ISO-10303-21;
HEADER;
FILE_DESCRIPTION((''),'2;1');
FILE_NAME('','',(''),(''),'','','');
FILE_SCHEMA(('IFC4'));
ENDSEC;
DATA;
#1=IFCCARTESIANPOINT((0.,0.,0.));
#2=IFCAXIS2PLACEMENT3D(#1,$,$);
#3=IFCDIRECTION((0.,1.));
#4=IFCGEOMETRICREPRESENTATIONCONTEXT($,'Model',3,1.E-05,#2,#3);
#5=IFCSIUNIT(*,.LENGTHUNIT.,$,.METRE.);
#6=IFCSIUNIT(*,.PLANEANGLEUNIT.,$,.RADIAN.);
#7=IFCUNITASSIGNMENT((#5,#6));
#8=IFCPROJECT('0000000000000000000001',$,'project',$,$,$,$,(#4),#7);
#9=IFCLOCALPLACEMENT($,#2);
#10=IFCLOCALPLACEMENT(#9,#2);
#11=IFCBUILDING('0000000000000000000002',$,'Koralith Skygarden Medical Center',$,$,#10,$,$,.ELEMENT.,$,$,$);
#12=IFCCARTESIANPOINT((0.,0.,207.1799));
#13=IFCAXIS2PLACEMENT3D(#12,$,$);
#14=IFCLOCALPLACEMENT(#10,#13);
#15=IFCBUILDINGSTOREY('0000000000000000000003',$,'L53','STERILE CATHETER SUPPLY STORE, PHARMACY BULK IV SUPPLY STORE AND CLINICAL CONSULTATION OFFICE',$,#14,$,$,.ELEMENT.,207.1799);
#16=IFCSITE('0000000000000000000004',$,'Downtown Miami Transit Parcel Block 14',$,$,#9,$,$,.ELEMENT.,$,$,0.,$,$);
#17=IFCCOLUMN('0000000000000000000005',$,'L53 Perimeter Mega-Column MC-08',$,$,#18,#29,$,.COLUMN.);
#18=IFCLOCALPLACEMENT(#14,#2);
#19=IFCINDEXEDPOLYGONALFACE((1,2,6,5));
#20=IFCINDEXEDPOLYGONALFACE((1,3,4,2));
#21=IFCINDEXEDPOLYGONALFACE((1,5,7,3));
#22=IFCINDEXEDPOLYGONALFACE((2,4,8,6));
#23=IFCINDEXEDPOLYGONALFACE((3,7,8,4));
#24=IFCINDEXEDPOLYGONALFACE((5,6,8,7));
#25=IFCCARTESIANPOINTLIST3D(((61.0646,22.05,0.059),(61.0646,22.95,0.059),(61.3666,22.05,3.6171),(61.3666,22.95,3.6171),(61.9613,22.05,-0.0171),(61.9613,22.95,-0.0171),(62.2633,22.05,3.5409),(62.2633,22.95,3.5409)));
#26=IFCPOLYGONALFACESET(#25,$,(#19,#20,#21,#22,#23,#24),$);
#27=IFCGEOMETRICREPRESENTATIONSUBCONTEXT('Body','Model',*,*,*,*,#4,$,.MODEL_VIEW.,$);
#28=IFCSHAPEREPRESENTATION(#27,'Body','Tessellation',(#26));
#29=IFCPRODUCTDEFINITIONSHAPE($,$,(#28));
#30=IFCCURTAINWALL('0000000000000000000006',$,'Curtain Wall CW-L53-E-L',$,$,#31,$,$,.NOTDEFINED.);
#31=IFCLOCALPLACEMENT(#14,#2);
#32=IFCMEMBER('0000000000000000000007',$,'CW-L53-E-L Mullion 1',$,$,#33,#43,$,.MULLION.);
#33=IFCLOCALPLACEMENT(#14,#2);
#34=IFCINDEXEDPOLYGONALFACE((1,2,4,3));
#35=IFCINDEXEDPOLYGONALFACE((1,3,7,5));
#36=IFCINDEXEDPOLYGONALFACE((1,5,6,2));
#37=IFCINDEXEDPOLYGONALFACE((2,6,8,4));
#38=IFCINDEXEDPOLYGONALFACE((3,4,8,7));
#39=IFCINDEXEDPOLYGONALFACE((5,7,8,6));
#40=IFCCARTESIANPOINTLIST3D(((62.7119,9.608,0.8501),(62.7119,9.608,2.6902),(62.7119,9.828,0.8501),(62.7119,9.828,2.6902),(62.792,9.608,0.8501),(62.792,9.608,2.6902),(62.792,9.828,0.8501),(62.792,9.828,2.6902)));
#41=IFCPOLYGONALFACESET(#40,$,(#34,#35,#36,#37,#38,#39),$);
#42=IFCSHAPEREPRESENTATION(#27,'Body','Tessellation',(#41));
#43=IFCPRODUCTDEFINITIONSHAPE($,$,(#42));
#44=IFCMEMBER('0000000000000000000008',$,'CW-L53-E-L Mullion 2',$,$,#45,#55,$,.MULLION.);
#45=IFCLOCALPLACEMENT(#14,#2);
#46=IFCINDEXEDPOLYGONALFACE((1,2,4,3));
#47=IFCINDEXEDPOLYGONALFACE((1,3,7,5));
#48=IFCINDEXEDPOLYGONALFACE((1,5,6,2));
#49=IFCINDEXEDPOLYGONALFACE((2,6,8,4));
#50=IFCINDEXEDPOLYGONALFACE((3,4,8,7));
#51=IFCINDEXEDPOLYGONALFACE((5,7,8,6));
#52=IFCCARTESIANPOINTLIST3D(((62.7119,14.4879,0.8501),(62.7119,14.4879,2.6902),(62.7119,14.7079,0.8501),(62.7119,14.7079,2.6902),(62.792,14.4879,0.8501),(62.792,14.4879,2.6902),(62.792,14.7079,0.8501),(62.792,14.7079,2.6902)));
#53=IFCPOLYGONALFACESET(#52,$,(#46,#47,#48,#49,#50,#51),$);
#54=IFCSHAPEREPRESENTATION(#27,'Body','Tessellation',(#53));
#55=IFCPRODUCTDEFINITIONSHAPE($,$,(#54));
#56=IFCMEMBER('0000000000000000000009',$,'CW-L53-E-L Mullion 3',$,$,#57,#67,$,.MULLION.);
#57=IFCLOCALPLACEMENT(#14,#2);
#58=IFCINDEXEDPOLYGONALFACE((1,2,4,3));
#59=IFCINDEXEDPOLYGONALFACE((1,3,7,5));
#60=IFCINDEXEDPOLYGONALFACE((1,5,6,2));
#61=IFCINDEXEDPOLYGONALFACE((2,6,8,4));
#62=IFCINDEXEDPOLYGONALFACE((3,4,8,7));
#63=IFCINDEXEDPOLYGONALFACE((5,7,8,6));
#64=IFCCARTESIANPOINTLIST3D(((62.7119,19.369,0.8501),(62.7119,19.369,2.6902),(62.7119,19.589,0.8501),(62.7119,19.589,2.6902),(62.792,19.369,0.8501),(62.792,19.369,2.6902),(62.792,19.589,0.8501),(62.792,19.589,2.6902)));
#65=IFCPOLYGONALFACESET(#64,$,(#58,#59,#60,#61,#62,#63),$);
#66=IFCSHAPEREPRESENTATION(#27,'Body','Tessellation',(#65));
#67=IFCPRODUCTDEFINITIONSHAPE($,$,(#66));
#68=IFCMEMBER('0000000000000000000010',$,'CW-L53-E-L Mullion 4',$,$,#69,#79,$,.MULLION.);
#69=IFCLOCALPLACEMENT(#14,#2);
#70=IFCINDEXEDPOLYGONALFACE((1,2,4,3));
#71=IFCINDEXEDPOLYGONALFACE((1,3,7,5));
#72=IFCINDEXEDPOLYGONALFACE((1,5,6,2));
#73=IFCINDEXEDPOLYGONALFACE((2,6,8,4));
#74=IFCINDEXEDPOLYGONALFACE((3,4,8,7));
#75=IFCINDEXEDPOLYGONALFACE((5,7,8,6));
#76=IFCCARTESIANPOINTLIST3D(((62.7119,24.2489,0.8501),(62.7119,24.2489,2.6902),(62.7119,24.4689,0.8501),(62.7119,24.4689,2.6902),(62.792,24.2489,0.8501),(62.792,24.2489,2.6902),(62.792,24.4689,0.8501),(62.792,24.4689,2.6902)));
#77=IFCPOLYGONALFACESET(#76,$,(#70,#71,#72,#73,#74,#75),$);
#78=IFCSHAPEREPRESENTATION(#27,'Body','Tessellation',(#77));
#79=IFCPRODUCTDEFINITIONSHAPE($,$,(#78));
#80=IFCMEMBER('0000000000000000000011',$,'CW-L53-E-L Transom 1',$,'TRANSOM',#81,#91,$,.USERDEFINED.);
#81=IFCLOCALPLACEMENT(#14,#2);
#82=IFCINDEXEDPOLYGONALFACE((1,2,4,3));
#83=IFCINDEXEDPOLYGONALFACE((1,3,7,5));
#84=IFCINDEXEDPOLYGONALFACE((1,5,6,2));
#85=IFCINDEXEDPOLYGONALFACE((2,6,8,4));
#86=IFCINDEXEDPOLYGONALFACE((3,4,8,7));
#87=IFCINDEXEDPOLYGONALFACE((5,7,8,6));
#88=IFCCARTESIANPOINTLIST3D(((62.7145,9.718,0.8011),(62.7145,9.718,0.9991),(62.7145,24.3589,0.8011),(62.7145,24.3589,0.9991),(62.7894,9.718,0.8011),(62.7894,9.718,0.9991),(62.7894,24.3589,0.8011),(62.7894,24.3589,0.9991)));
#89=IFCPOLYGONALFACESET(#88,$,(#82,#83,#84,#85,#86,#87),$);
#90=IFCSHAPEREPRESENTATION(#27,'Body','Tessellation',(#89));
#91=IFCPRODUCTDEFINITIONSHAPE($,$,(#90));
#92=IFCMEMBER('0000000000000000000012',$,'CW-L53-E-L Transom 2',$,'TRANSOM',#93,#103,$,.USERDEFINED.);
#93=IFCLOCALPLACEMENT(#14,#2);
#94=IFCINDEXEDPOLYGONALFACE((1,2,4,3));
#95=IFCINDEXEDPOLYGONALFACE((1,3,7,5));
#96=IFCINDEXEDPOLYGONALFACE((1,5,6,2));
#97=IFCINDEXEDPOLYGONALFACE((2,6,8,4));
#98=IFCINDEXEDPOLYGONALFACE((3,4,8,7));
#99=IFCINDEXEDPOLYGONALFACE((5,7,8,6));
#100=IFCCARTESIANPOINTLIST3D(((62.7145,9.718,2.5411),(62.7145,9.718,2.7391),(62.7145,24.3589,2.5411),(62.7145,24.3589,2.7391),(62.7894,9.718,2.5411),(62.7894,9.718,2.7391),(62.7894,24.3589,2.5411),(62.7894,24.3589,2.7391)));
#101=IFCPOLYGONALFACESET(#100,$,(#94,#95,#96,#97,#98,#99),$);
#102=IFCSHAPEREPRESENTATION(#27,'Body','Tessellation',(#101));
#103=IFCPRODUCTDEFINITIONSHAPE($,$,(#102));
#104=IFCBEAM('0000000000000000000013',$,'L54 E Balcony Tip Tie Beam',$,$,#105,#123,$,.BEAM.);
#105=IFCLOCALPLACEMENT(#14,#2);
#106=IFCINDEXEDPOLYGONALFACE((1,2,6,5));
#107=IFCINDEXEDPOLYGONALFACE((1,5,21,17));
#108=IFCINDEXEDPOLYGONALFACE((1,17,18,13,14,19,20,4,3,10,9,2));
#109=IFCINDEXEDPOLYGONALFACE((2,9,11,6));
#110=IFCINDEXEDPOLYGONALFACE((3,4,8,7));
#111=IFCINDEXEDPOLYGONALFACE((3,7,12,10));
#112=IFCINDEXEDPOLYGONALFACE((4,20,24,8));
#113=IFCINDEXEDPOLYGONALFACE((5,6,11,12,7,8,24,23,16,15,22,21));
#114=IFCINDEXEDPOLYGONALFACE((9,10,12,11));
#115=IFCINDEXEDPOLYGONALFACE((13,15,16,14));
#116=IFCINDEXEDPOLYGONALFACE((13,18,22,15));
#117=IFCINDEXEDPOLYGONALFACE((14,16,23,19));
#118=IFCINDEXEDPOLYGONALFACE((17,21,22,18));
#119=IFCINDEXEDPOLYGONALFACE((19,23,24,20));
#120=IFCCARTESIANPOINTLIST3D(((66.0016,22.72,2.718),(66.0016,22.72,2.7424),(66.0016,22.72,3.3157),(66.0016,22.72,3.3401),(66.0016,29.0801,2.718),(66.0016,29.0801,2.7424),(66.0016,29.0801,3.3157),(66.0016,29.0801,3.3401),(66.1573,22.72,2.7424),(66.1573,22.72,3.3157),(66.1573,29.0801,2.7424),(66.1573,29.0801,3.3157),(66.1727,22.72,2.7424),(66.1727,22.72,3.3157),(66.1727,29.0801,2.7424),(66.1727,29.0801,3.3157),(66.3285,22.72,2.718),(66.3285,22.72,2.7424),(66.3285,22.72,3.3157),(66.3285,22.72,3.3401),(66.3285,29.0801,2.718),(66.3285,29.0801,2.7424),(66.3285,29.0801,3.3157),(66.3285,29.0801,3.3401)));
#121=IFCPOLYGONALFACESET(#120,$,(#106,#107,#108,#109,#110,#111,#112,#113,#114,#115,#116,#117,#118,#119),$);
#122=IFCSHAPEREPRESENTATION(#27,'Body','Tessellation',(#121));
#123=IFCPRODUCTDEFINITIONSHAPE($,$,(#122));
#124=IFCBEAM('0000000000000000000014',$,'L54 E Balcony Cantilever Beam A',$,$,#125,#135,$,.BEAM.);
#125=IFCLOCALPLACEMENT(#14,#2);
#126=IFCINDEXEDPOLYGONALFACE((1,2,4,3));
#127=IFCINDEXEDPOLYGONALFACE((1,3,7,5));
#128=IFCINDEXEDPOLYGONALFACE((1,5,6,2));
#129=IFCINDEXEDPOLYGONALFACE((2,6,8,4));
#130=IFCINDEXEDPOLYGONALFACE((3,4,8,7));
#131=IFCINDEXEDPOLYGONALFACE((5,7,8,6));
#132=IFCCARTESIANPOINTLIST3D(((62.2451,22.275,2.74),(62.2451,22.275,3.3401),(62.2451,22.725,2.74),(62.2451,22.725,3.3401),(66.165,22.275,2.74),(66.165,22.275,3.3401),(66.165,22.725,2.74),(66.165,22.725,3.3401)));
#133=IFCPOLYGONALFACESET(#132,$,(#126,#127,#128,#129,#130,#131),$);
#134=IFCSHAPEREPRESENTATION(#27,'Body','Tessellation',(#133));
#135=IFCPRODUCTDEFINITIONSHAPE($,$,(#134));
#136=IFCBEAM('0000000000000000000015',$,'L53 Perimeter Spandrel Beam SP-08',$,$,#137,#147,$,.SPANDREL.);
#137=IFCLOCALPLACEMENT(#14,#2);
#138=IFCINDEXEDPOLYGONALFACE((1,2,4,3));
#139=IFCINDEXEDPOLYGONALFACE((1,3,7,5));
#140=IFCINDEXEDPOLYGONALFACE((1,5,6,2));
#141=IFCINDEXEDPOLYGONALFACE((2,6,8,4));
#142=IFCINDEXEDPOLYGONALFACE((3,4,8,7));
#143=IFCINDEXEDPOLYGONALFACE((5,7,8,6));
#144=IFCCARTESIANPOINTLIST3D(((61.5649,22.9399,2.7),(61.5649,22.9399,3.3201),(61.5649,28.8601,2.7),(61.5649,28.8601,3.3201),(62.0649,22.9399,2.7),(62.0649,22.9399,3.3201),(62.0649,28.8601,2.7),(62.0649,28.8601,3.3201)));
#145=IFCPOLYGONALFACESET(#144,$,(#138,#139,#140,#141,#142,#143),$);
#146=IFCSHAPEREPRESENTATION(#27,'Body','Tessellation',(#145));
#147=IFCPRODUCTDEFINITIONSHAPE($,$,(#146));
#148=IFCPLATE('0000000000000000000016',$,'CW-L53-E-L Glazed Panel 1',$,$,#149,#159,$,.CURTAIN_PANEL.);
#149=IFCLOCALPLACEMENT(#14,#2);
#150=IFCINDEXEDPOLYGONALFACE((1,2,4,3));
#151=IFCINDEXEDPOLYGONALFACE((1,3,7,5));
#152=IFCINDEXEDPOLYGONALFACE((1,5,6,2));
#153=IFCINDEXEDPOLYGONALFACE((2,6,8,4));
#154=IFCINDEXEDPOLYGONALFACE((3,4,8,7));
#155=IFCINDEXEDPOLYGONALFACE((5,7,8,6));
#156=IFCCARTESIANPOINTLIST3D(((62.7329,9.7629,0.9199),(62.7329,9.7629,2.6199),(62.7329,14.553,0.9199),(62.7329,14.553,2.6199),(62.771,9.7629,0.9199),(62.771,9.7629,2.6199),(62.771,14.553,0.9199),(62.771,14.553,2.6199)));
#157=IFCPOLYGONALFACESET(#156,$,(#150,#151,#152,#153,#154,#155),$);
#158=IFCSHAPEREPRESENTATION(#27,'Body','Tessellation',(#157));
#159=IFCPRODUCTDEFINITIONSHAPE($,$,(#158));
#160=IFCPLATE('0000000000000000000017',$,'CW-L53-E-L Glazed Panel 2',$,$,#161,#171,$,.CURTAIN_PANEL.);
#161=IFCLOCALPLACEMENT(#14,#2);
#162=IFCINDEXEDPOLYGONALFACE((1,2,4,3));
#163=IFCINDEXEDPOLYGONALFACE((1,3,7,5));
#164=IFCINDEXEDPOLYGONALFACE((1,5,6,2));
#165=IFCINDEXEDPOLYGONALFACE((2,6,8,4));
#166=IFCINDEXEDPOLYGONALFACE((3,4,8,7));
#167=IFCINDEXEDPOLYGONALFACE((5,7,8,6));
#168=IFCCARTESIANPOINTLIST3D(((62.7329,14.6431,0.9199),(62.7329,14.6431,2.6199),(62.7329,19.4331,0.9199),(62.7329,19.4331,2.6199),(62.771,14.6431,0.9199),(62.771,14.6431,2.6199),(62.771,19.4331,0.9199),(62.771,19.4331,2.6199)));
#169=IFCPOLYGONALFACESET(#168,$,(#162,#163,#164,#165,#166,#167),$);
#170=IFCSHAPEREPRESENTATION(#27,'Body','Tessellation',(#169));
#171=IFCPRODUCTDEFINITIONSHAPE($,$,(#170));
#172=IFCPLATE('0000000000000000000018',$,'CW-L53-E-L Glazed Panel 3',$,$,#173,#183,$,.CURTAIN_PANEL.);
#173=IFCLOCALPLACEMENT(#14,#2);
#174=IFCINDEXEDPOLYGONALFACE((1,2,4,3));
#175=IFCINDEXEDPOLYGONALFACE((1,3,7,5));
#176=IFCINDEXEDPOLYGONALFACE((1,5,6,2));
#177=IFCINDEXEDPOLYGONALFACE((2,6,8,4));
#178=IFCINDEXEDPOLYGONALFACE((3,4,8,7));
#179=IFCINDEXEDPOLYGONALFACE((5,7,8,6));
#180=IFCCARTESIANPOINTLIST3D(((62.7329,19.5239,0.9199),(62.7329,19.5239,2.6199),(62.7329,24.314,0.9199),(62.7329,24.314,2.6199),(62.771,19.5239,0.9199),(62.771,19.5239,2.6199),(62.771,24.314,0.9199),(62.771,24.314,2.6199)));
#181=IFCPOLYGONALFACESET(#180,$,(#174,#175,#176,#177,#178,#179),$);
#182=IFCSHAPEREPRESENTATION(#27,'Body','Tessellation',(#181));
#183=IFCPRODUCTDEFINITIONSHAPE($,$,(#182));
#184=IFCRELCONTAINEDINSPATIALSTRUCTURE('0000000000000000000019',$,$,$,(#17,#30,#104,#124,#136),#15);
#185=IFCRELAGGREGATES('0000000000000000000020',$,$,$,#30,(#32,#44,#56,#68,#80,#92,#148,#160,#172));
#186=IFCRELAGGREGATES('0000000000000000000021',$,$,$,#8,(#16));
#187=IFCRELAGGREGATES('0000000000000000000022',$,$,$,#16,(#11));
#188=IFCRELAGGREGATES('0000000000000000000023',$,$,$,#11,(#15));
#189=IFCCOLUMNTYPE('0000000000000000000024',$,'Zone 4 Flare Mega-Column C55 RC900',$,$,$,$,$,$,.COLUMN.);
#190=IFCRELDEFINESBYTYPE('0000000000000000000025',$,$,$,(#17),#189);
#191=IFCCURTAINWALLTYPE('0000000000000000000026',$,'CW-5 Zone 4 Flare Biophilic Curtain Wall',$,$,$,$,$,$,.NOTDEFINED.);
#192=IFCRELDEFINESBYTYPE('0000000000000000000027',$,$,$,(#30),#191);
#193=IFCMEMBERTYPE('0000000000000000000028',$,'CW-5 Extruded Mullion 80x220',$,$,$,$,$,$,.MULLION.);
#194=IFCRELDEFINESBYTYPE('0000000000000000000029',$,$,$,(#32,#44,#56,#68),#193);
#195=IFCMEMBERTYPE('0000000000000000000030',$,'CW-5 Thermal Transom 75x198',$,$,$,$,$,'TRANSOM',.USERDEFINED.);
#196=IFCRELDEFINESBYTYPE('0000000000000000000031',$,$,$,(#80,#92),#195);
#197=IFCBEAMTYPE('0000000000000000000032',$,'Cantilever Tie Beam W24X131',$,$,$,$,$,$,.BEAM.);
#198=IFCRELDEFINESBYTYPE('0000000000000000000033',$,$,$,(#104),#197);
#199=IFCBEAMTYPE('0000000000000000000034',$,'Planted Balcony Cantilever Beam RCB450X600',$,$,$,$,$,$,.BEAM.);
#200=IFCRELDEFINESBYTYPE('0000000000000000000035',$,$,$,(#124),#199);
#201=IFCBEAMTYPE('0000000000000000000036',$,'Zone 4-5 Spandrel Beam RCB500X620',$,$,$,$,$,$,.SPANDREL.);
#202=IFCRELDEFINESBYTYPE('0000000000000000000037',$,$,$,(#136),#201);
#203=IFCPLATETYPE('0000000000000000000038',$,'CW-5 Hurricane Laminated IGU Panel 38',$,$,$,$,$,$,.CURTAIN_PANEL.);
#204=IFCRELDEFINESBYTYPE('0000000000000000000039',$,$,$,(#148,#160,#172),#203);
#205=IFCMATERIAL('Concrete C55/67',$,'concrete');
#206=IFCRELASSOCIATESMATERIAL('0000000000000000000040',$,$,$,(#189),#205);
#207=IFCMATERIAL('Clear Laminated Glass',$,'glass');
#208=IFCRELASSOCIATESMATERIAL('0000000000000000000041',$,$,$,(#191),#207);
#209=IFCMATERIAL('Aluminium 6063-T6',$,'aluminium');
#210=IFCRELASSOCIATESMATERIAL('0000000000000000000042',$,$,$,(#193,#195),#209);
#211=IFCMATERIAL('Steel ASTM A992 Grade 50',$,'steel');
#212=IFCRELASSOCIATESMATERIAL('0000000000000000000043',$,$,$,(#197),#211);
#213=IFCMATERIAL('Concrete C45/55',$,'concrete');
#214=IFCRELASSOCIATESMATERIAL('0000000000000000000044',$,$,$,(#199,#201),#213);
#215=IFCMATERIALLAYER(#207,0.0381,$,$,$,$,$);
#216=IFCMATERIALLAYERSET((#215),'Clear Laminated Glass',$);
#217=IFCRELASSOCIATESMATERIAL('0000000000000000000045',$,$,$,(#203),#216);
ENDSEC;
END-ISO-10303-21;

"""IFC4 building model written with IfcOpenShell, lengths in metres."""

from ifc_helpers import new_model, si_unit, direction, frame, origin, origin_2d, place, context, subcontext, project, spatial, rectangle, i_section, extrude, material, layer, layer_set, material_profile, profile_set, type_object, element, aggregate, save


model = new_model("IFC4")

# Units and contexts
model_context = context("Model", 3, precision=1e-05, world=origin(), true_north=direction((0.0, 1.0)))
body_context = subcontext(model_context, "Body", "Model", "MODEL_VIEW")
ifc_project = project(units=[si_unit("LENGTHUNIT", "METRE"), si_unit("PLANEANGLEUNIT", "RADIAN")], contexts=[model_context])

# Site, building, storey
site_placement = place(None, origin())
site = spatial("IfcSite", under=ifc_project, at=site_placement, Name="Downtown Miami Transit Parcel Block 14", CompositionType="ELEMENT", RefElevation=0.0)
building_placement = place(site_placement, origin())
building = spatial("IfcBuilding", under=site, at=building_placement, Name="Koralith Skygarden Medical Center", CompositionType="ELEMENT")
storey_placement = place(building_placement, frame((0.0, 0.0, 207.1799)))
storey = spatial("IfcBuildingStorey", under=building, at=storey_placement, Name="L53", Description="STERILE CATHETER SUPPLY STORE, PHARMACY BULK IV SUPPLY STORE AND CLINICAL CONSULTATION OFFICE", CompositionType="ELEMENT", Elevation=207.1799)

# Column
ifc_material_1 = material(Name="Concrete C55/67", Category="concrete")
ifc_material_profile_1 = material_profile(ifc_material_1, rectangle(XDim=0.8999, YDim=0.8999, at=origin_2d()), Name="RC900X900")
ifc_profile_set_1 = profile_set([ifc_material_profile_1], Name="Concrete C55/67")
column_type = type_object("IfcColumnType", Name="Zone 4 Flare Mega-Column C55 RC900", PredefinedType="COLUMN", material=ifc_profile_set_1)
column_placement = place(storey_placement, frame((61.5129, 22.5, 0.021), z_axis=(0.084573, 0.0, 0.996417), x_axis=(0.0, 1.0, 0.0)))
element("IfcColumn", 1, at=column_placement, inside=storey, type_object=column_type, Name="L53 Perimeter Mega-Column MC-08", PredefinedType="COLUMN", context=body_context, shape_type="SweptSolid", body=[
    extrude(rectangle(XDim=0.8999, YDim=0.8999, at=origin_2d()), origin(), (0.0, 0.0, 1.0), 3.5708),
])

# Curtain wall, members
ifc_material_2 = material(Name="Clear Laminated Glass", Category="glass")
curtain_wall_type = type_object("IfcCurtainWallType", Name="CW-5 Zone 4 Flare Biophilic Curtain Wall", PredefinedType="NOTDEFINED", material=ifc_material_2)
curtain_wall_placement = place(storey_placement, origin())
curtain_wall = element("IfcCurtainWall", 2, at=curtain_wall_placement, inside=storey, type_object=curtain_wall_type, Name="Curtain Wall CW-L53-E-L", PredefinedType="NOTDEFINED")
ifc_material_3 = material(Name="Aluminium 6063-T6", Category="aluminium")
ifc_material_profile_2 = material_profile(ifc_material_3, rectangle(XDim=0.0801, YDim=0.22, at=origin_2d()), Name="MUL80X220")
ifc_profile_set_2 = profile_set([ifc_material_profile_2], Name="Aluminium 6063-T6")
member_type_1 = type_object("IfcMemberType", Name="CW-5 Extruded Mullion 80x220", PredefinedType="MULLION", material=ifc_profile_set_2)
member_1_placement = place(storey_placement, frame((62.752, 9.718, 0.8501), z_axis=(0.0, 0.0, 1.0), x_axis=(1.0, 0.0, 0.0)))
member_1 = element("IfcMember", 3, at=member_1_placement, type_object=member_type_1, Name="CW-L53-E-L Mullion 1", PredefinedType="MULLION", context=body_context, shape_type="SweptSolid", body=[
    extrude(rectangle(XDim=0.0801, YDim=0.22, at=origin_2d()), origin(), (0.0, 0.0, 1.0), 1.8401),
])
member_2_placement = place(storey_placement, frame((62.752, 14.5979, 0.8501), z_axis=(0.0, 0.0, 1.0), x_axis=(1.0, 0.0, 0.0)))
member_2 = element("IfcMember", 4, at=member_2_placement, type_object=member_type_1, Name="CW-L53-E-L Mullion 2", PredefinedType="MULLION", context=body_context, shape_type="SweptSolid", body=[
    extrude(rectangle(XDim=0.0801, YDim=0.22, at=origin_2d()), origin(), (0.0, 0.0, 1.0), 1.8401),
])
member_3_placement = place(storey_placement, frame((62.752, 19.479, 0.8501), z_axis=(0.0, 0.0, 1.0), x_axis=(1.0, 0.0, 0.0)))
member_3 = element("IfcMember", 5, at=member_3_placement, type_object=member_type_1, Name="CW-L53-E-L Mullion 3", PredefinedType="MULLION", context=body_context, shape_type="SweptSolid", body=[
    extrude(rectangle(XDim=0.0801, YDim=0.22, at=origin_2d()), origin(), (0.0, 0.0, 1.0), 1.8401),
])
member_4_placement = place(storey_placement, frame((62.752, 24.3589, 0.8501), z_axis=(0.0, 0.0, 1.0), x_axis=(1.0, 0.0, 0.0)))
member_4 = element("IfcMember", 6, at=member_4_placement, type_object=member_type_1, Name="CW-L53-E-L Mullion 4", PredefinedType="MULLION", context=body_context, shape_type="SweptSolid", body=[
    extrude(rectangle(XDim=0.0801, YDim=0.22, at=origin_2d()), origin(), (0.0, 0.0, 1.0), 1.8401),
])
ifc_material_profile_3 = material_profile(ifc_material_3, rectangle(XDim=0.075, YDim=0.198, at=origin_2d()), Name="TRN75X198")
ifc_profile_set_3 = profile_set([ifc_material_profile_3], Name="Aluminium 6063-T6")
member_type_2 = type_object("IfcMemberType", Name="CW-5 Thermal Transom 75x198", ElementType="TRANSOM", PredefinedType="USERDEFINED", material=ifc_profile_set_3)
member_5_placement = place(storey_placement, frame((62.752, 9.718, 0.9001), z_axis=(0.0, 1.0, 0.0), x_axis=(-1.0, 0.0, 0.0)))
member_5 = element("IfcMember", 7, at=member_5_placement, type_object=member_type_2, Name="CW-L53-E-L Transom 1", ObjectType="TRANSOM", PredefinedType="USERDEFINED", context=body_context, shape_type="SweptSolid", body=[
    extrude(rectangle(XDim=0.075, YDim=0.198, at=origin_2d()), origin(), (0.0, 0.0, 1.0), 14.6409),
])
member_6_placement = place(storey_placement, frame((62.752, 9.718, 2.6401), z_axis=(0.0, 1.0, 0.0), x_axis=(-1.0, 0.0, 0.0)))
member_6 = element("IfcMember", 8, at=member_6_placement, type_object=member_type_2, Name="CW-L53-E-L Transom 2", ObjectType="TRANSOM", PredefinedType="USERDEFINED", context=body_context, shape_type="SweptSolid", body=[
    extrude(rectangle(XDim=0.075, YDim=0.198, at=origin_2d()), origin(), (0.0, 0.0, 1.0), 14.6409),
])

# Beams
ifc_material_4 = material(Name="Steel ASTM A992 Grade 50", Category="steel")
ifc_material_profile_4 = material_profile(ifc_material_4, i_section(OverallWidth=0.3269, OverallDepth=0.6221, WebThickness=0.0154, FlangeThickness=0.0244, at=origin_2d()), Name="W24X131")
ifc_profile_set_4 = profile_set([ifc_material_profile_4], Name="Steel ASTM A992 Grade 50")
beam_type_1 = type_object("IfcBeamType", Name="Cantilever Tie Beam W24X131", PredefinedType="BEAM", material=ifc_profile_set_4)
beam_1_placement = place(storey_placement, frame((66.165, 22.72, 3.0291), z_axis=(0.0, 1.0, 0.0), x_axis=(-1.0, 0.0, 0.0)))
element("IfcBeam", 9, at=beam_1_placement, inside=storey, type_object=beam_type_1, Name="L54 E Balcony Tip Tie Beam", PredefinedType="BEAM", context=body_context, shape_type="SweptSolid", body=[
    extrude(i_section(OverallWidth=0.3269, OverallDepth=0.6221, WebThickness=0.0154, FlangeThickness=0.0244, at=origin_2d()), origin(), (0.0, 0.0, 1.0), 6.3601),
])
ifc_material_5 = material(Name="Concrete C45/55", Category="concrete")
ifc_material_profile_5 = material_profile(ifc_material_5, rectangle(XDim=0.45, YDim=0.6001, at=origin_2d()), Name="RCB450X600")
ifc_profile_set_5 = profile_set([ifc_material_profile_5], Name="Concrete C45/55")
beam_type_2 = type_object("IfcBeamType", Name="Planted Balcony Cantilever Beam RCB450X600", PredefinedType="BEAM", material=ifc_profile_set_5)
beam_2_placement = place(storey_placement, frame((62.2451, 22.5, 3.04), z_axis=(1.0, 0.0, 0.0), x_axis=(0.0, 1.0, 0.0)))
element("IfcBeam", 10, at=beam_2_placement, inside=storey, type_object=beam_type_2, Name="L54 E Balcony Cantilever Beam A", PredefinedType="BEAM", context=body_context, shape_type="SweptSolid", body=[
    extrude(rectangle(XDim=0.45, YDim=0.6001, at=origin_2d()), origin(), (0.0, 0.0, 1.0), 3.9199),
])
ifc_material_profile_6 = material_profile(ifc_material_5, rectangle(XDim=0.5, YDim=0.6201, at=origin_2d()), Name="RCB500X620")
ifc_profile_set_6 = profile_set([ifc_material_profile_6], Name="Concrete C45/55")
beam_type_3 = type_object("IfcBeamType", Name="Zone 4-5 Spandrel Beam RCB500X620", PredefinedType="SPANDREL", material=ifc_profile_set_6)
beam_3_placement = place(storey_placement, frame((61.8149, 22.9399, 3.01), z_axis=(0.0, 1.0, 0.0), x_axis=(-1.0, 0.0, 0.0)))
element("IfcBeam", 11, at=beam_3_placement, inside=storey, type_object=beam_type_3, Name="L53 Perimeter Spandrel Beam SP-08", PredefinedType="SPANDREL", context=body_context, shape_type="SweptSolid", body=[
    extrude(rectangle(XDim=0.5, YDim=0.6201, at=origin_2d()), origin(), (0.0, 0.0, 1.0), 5.9202),
])

# Plates
ifc_layer_1 = layer(ifc_material_2, 0.0381)
ifc_layer_set_1 = layer_set([ifc_layer_1], Name="Clear Laminated Glass")
plate_type = type_object("IfcPlateType", Name="CW-5 Hurricane Laminated IGU Panel 38", PredefinedType="CURTAIN_PANEL", material=ifc_layer_set_1)
plate_1_placement = place(storey_placement, frame((62.752, 12.158, 0.9199), z_axis=(0.0, 0.0, 1.0), x_axis=(0.0, 1.0, 0.0)))
plate_1 = element("IfcPlate", 12, at=plate_1_placement, type_object=plate_type, Name="CW-L53-E-L Glazed Panel 1", PredefinedType="CURTAIN_PANEL", context=body_context, shape_type="SweptSolid", body=[
    extrude(rectangle(XDim=4.79, YDim=0.0381, at=origin_2d()), origin(), (0.0, 0.0, 1.0), 1.7),
])
plate_2_placement = place(storey_placement, frame((62.752, 17.0381, 0.9199), z_axis=(0.0, 0.0, 1.0), x_axis=(0.0, 1.0, 0.0)))
plate_2 = element("IfcPlate", 13, at=plate_2_placement, type_object=plate_type, Name="CW-L53-E-L Glazed Panel 2", PredefinedType="CURTAIN_PANEL", context=body_context, shape_type="SweptSolid", body=[
    extrude(rectangle(XDim=4.79, YDim=0.0381, at=origin_2d()), origin(), (0.0, 0.0, 1.0), 1.7),
])
plate_3_placement = place(storey_placement, frame((62.752, 21.9189, 0.9199), z_axis=(0.0, 0.0, 1.0), x_axis=(0.0, 1.0, 0.0)))
plate_3 = element("IfcPlate", 14, at=plate_3_placement, type_object=plate_type, Name="CW-L53-E-L Glazed Panel 3", PredefinedType="CURTAIN_PANEL", context=body_context, shape_type="SweptSolid", body=[
    extrude(rectangle(XDim=4.79, YDim=0.0381, at=origin_2d()), origin(), (0.0, 0.0, 1.0), 1.7),
])
aggregate(curtain_wall, [member_1, member_2, member_3, member_4, member_5, member_6, plate_1, plate_2, plate_3])

save(model, "model.ifc")
